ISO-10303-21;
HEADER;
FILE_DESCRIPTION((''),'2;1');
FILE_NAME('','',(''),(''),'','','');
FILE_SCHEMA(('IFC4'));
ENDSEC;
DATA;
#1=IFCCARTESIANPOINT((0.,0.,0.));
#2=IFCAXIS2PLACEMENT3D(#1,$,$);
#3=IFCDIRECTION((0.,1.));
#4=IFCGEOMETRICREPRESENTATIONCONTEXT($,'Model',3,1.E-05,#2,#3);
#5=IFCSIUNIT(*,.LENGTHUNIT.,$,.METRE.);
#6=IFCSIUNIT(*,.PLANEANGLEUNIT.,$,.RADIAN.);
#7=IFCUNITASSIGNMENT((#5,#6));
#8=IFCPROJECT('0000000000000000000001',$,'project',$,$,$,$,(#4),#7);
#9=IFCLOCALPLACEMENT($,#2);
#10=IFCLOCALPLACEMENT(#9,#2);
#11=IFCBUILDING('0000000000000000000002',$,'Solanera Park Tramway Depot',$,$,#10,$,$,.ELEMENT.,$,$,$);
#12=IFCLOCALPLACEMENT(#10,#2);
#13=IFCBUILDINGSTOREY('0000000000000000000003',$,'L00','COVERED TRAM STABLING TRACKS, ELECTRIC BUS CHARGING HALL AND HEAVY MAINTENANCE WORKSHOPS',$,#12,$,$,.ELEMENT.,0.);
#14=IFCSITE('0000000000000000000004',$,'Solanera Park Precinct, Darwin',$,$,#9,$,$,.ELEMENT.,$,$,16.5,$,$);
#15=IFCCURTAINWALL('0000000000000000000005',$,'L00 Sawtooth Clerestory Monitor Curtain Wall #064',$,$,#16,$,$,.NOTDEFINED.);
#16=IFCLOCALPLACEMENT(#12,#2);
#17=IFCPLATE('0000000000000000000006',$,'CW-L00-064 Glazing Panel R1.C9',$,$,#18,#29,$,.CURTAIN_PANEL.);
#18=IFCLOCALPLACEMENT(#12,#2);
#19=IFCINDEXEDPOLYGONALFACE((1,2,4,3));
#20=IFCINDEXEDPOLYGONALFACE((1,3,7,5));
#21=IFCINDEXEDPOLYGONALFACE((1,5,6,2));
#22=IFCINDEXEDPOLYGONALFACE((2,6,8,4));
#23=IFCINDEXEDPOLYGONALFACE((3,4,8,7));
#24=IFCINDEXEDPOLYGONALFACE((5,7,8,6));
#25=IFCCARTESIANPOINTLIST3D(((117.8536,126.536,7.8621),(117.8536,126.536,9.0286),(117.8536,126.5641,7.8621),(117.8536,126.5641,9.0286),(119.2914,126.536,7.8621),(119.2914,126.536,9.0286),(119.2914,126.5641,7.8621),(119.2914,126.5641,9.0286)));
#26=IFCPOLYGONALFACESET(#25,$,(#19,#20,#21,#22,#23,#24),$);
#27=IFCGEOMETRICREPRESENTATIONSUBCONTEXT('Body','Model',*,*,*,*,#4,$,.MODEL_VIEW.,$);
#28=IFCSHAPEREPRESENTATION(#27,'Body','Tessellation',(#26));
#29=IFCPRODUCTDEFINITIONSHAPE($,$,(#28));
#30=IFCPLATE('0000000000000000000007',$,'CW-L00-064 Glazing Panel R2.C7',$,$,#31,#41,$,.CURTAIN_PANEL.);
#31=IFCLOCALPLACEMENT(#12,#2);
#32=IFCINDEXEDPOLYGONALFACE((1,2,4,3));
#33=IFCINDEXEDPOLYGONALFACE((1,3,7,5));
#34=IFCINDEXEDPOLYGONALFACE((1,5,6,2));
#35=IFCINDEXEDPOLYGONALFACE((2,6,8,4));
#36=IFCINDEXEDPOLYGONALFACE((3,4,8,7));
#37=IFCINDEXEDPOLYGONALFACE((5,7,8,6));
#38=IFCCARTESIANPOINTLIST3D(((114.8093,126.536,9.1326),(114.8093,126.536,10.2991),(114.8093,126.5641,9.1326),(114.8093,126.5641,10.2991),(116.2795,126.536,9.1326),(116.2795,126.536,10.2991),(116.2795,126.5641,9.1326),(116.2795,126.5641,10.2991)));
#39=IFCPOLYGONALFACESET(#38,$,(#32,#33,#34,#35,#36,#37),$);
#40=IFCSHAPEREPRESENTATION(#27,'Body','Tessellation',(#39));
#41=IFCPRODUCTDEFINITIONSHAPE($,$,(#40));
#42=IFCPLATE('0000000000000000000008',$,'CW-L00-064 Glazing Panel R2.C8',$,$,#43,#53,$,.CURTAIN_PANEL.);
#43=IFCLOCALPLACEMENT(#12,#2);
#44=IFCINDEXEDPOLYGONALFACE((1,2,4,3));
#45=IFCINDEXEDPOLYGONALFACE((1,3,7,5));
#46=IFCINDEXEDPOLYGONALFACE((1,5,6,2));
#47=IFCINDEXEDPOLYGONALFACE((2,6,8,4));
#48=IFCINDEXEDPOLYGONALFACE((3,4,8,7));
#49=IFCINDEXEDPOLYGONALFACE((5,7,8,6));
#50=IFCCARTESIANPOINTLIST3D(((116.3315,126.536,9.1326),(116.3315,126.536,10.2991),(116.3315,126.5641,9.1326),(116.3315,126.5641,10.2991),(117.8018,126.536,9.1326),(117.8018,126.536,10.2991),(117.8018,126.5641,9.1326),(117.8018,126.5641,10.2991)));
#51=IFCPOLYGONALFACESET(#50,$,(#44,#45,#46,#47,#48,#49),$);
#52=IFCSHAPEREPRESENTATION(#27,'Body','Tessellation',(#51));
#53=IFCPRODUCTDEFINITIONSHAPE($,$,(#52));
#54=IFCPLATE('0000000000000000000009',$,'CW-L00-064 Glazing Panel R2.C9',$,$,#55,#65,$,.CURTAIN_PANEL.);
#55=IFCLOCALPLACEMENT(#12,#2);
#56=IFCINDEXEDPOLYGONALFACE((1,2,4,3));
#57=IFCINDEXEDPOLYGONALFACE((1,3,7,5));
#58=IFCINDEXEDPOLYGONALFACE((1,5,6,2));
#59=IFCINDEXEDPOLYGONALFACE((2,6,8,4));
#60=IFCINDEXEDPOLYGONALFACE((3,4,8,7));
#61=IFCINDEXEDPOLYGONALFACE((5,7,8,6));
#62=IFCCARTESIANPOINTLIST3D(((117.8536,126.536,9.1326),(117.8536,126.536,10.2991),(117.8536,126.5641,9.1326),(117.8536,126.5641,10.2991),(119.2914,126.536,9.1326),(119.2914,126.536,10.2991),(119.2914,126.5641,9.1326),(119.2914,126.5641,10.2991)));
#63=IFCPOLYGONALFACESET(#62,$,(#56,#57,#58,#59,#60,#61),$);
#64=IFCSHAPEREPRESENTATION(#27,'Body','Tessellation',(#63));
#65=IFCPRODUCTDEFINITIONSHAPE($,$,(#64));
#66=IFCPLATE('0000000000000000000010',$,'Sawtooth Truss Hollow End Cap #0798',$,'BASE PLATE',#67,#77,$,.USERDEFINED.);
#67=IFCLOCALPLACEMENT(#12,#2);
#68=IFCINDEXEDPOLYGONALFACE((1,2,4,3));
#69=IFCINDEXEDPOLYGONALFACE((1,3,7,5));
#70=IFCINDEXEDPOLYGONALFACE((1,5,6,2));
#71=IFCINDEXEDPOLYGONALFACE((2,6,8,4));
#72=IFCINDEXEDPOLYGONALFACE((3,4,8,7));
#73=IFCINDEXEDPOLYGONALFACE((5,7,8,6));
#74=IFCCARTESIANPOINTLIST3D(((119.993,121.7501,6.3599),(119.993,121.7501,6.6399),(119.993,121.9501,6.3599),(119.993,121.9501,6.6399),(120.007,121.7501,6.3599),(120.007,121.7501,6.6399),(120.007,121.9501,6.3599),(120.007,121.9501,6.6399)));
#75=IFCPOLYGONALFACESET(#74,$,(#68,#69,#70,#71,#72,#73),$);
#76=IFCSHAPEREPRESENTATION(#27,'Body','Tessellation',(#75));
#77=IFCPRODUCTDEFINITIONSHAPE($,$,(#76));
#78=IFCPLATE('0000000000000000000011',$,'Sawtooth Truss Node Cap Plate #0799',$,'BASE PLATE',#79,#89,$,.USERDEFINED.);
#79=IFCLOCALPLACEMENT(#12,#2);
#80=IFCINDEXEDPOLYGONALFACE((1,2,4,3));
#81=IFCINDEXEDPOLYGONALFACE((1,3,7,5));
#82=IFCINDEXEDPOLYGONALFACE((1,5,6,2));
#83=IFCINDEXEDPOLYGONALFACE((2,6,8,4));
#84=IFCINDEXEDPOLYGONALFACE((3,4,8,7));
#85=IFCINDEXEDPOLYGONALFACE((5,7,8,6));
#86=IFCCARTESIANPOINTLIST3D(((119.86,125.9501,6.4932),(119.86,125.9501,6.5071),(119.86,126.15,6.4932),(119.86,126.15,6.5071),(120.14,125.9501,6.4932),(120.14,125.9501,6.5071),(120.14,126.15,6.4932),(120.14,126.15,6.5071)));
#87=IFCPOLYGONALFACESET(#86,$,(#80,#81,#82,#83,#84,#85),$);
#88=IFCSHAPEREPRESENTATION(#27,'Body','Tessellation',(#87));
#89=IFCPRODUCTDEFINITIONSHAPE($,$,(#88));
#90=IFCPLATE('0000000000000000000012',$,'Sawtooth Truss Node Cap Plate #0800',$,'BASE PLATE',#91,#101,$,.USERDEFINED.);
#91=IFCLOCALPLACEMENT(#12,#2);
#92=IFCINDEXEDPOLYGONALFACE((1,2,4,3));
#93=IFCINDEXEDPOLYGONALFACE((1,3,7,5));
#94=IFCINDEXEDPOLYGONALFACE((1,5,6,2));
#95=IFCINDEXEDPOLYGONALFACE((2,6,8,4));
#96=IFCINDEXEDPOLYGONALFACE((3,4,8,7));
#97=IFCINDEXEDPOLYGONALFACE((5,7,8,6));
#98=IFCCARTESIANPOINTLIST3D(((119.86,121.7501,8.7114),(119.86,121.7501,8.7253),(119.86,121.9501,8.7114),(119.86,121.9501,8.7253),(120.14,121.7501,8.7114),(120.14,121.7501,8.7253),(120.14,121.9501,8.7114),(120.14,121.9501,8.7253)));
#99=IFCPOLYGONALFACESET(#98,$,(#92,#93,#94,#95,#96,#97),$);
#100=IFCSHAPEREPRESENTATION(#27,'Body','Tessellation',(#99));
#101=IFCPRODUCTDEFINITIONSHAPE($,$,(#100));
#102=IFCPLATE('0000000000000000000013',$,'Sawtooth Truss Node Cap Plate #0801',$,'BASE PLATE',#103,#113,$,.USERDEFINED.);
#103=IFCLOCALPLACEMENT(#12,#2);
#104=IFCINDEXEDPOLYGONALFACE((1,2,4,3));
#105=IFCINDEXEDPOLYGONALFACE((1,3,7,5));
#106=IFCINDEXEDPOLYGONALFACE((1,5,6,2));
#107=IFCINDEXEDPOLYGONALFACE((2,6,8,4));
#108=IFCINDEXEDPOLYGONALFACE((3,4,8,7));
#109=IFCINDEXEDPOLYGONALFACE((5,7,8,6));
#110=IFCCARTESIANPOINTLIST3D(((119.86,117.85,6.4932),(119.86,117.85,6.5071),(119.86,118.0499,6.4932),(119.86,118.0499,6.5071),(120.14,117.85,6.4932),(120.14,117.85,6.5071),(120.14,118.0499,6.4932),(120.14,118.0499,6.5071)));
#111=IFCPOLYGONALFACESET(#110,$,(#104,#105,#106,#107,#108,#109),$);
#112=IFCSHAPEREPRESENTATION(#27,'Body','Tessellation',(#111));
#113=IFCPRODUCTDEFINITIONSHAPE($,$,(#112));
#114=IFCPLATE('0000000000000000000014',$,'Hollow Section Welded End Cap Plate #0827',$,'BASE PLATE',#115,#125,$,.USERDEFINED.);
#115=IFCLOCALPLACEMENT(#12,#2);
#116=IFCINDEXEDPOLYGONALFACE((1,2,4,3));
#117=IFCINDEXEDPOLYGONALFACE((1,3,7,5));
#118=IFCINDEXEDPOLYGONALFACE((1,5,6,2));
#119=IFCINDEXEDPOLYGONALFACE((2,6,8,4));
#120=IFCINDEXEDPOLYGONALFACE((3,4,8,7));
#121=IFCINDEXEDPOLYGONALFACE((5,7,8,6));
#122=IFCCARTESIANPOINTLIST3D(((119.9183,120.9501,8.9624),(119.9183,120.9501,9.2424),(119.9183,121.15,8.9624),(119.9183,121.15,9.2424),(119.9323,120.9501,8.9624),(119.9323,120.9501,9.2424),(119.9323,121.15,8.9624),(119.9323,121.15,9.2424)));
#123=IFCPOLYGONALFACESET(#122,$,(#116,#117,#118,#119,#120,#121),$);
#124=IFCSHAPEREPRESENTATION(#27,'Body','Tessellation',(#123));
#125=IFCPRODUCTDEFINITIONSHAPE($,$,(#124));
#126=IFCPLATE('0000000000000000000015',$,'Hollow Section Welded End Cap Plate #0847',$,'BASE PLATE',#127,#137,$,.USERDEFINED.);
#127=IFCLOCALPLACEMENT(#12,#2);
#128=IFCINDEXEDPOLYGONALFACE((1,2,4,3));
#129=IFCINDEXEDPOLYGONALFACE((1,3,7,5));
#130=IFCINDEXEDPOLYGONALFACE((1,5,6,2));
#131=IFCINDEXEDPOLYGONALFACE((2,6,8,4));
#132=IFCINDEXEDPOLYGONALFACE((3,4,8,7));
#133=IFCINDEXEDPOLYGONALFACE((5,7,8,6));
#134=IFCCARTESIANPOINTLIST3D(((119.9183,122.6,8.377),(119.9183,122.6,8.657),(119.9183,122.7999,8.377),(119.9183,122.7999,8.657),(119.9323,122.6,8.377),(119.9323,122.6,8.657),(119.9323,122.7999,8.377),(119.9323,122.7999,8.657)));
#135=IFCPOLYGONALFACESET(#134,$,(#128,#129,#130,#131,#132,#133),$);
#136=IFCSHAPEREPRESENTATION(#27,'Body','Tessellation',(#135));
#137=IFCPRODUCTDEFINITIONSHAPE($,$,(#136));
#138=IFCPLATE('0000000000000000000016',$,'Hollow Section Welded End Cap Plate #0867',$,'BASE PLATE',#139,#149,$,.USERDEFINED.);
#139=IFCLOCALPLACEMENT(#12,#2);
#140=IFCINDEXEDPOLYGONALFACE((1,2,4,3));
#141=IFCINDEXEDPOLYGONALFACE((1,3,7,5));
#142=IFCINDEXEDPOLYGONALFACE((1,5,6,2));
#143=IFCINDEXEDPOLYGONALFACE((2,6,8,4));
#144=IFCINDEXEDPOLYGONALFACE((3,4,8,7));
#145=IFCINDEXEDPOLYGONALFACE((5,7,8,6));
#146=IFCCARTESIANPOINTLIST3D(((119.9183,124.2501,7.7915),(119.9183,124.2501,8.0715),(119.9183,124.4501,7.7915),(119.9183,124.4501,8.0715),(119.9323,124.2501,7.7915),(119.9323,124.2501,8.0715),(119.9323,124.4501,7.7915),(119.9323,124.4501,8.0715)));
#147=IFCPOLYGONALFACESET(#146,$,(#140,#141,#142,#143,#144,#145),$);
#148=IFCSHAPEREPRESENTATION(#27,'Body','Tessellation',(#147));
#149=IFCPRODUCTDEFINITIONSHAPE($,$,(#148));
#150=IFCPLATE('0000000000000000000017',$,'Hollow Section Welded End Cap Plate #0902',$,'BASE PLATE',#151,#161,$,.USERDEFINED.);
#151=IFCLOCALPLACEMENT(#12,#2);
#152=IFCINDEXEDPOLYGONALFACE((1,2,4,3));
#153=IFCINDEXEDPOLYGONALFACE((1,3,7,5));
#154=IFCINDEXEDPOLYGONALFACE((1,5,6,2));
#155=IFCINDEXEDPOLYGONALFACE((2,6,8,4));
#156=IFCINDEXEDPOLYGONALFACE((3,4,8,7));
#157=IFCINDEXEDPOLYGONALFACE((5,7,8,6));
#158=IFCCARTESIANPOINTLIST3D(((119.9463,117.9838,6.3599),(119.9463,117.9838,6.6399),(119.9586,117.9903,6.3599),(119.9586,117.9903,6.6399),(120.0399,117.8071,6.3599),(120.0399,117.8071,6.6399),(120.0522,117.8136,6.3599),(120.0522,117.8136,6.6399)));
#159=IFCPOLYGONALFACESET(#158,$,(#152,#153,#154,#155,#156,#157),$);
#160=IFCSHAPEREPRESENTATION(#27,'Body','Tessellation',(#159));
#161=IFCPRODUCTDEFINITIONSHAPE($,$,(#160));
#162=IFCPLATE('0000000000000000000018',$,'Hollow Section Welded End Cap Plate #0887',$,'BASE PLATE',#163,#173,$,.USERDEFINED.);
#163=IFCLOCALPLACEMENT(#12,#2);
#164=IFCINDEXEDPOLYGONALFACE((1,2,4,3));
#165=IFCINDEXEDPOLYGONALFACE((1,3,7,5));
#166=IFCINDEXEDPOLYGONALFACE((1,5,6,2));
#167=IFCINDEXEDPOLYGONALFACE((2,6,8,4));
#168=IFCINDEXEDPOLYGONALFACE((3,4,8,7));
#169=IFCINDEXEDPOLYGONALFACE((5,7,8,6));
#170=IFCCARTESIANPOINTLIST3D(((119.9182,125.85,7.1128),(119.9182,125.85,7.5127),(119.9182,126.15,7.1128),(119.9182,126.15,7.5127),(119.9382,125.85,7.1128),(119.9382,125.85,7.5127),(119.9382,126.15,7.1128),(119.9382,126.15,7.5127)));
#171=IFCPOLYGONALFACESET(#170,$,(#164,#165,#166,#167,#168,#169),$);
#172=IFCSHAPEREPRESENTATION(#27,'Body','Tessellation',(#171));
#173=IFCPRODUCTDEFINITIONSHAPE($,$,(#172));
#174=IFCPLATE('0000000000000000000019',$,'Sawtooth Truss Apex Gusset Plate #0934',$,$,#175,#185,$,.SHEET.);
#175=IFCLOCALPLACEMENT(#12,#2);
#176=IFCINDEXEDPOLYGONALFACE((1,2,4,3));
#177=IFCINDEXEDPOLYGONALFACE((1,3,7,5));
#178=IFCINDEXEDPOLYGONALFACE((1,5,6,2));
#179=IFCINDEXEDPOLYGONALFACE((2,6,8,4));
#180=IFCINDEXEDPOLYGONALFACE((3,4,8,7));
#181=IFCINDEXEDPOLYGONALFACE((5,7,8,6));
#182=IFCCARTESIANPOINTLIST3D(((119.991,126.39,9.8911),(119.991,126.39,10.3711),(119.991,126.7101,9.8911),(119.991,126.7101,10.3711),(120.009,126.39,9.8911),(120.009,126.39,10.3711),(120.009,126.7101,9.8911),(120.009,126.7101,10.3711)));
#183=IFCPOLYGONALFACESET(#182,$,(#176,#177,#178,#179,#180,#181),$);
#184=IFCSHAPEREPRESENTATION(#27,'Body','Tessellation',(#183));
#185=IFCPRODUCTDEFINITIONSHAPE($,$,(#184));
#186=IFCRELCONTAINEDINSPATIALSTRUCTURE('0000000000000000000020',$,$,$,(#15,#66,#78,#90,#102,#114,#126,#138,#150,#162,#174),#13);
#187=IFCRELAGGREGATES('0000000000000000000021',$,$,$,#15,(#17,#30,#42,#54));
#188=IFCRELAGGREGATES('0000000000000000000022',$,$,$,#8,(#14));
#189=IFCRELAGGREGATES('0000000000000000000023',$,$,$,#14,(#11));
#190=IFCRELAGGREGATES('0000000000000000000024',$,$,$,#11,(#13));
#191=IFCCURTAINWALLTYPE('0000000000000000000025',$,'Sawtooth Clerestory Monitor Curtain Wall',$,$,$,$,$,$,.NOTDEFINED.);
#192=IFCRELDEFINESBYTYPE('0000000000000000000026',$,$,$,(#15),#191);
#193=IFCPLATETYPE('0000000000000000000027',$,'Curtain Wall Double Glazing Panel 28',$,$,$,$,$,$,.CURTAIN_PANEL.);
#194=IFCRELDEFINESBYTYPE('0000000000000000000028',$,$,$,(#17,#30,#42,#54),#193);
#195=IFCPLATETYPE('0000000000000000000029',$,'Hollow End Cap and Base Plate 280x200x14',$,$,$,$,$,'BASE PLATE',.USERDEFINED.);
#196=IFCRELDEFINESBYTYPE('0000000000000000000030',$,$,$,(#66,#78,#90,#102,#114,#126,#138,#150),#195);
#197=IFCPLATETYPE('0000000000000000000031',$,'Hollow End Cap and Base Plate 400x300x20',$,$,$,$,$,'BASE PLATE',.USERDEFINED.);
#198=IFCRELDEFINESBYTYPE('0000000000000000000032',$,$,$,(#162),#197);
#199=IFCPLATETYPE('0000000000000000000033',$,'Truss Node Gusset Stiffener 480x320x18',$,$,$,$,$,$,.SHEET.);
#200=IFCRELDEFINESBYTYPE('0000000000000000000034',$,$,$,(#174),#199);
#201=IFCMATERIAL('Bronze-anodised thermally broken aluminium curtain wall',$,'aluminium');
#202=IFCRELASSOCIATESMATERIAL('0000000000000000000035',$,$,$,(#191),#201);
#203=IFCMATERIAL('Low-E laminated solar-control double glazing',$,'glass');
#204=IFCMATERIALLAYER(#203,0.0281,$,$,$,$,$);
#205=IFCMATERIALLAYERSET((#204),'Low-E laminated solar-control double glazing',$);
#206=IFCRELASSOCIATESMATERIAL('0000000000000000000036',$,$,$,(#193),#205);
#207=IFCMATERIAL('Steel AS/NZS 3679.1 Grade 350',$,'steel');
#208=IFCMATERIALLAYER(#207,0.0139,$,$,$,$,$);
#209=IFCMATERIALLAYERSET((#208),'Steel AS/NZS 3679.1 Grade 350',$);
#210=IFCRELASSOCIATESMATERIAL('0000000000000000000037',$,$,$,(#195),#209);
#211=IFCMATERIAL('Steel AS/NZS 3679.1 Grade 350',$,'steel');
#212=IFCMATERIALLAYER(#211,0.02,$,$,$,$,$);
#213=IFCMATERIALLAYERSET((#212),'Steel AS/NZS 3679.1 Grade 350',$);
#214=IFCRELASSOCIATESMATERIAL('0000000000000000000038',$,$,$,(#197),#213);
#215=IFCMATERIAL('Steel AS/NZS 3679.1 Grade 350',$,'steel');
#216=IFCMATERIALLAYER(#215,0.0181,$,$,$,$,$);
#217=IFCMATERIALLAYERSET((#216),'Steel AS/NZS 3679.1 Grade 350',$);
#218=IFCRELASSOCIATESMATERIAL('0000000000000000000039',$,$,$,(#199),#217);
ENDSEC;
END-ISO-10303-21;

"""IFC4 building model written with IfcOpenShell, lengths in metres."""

from ifc_helpers import new_model, si_unit, direction, frame, origin, origin_2d, place, context, subcontext, project, spatial, rectangle, extrude, material, layer, layer_set, type_object, element, aggregate, save


model = new_model("IFC4")

# Units and contexts
model_context = context("Model", 3, precision=1e-05, world=origin(), true_north=direction((0.0, 1.0)))
body_context = subcontext(model_context, "Body", "Model", "MODEL_VIEW")
ifc_project = project(units=[si_unit("LENGTHUNIT", "METRE"), si_unit("PLANEANGLEUNIT", "RADIAN")], contexts=[model_context])

# Site, building, storey
site_placement = place(None, origin())
site = spatial("IfcSite", under=ifc_project, at=site_placement, Name="Solanera Park Precinct, Darwin", CompositionType="ELEMENT", RefElevation=16.5)
building_placement = place(site_placement, origin())
building = spatial("IfcBuilding", under=site, at=building_placement, Name="Solanera Park Tramway Depot", CompositionType="ELEMENT")
storey_placement = place(building_placement, origin())
storey = spatial("IfcBuildingStorey", under=building, at=storey_placement, Name="L00", Description="COVERED TRAM STABLING TRACKS, ELECTRIC BUS CHARGING HALL AND HEAVY MAINTENANCE WORKSHOPS", CompositionType="ELEMENT", Elevation=0.0)

# Curtain wall
ifc_material_1 = material(Name="Bronze-anodised thermally broken aluminium curtain wall", Category="aluminium")
curtain_wall_type = type_object("IfcCurtainWallType", Name="Sawtooth Clerestory Monitor Curtain Wall", PredefinedType="NOTDEFINED", material=ifc_material_1)
curtain_wall_placement = place(storey_placement, origin())
curtain_wall = element("IfcCurtainWall", 1, at=curtain_wall_placement, inside=storey, type_object=curtain_wall_type, Name="L00 Sawtooth Clerestory Monitor Curtain Wall #064", PredefinedType="NOTDEFINED")

# Plates
ifc_material_2 = material(Name="Low-E laminated solar-control double glazing", Category="glass")
ifc_layer_1 = layer(ifc_material_2, 0.0281)
ifc_layer_set_1 = layer_set([ifc_layer_1], Name="Low-E laminated solar-control double glazing")
plate_type_1 = type_object("IfcPlateType", Name="Curtain Wall Double Glazing Panel 28", PredefinedType="CURTAIN_PANEL", material=ifc_layer_set_1)
plate_1_placement = place(storey_placement, frame((118.5725, 126.55, 7.8621), z_axis=(0.0, 0.0, 1.0), x_axis=(1.0, 0.0, 0.0)))
plate_1 = element("IfcPlate", 2, at=plate_1_placement, type_object=plate_type_1, Name="CW-L00-064 Glazing Panel R1.C9", PredefinedType="CURTAIN_PANEL", context=body_context, shape_type="SweptSolid", body=[
    extrude(rectangle(XDim=1.4377, YDim=0.0281, at=origin_2d()), origin(), (0.0, 0.0, 1.0), 1.1665),
])
plate_2_placement = place(storey_placement, frame((115.5444, 126.55, 9.1326), z_axis=(0.0, 0.0, 1.0), x_axis=(1.0, 0.0, 0.0)))
plate_2 = element("IfcPlate", 3, at=plate_2_placement, type_object=plate_type_1, Name="CW-L00-064 Glazing Panel R2.C7", PredefinedType="CURTAIN_PANEL", context=body_context, shape_type="SweptSolid", body=[
    extrude(rectangle(XDim=1.4702, YDim=0.0281, at=origin_2d()), origin(), (0.0, 0.0, 1.0), 1.1665),
])
plate_3_placement = place(storey_placement, frame((117.0667, 126.55, 9.1326), z_axis=(0.0, 0.0, 1.0), x_axis=(1.0, 0.0, 0.0)))
plate_3 = element("IfcPlate", 4, at=plate_3_placement, type_object=plate_type_1, Name="CW-L00-064 Glazing Panel R2.C8", PredefinedType="CURTAIN_PANEL", context=body_context, shape_type="SweptSolid", body=[
    extrude(rectangle(XDim=1.4702, YDim=0.0281, at=origin_2d()), origin(), (0.0, 0.0, 1.0), 1.1665),
])
plate_4_placement = place(storey_placement, frame((118.5725, 126.55, 9.1326), z_axis=(0.0, 0.0, 1.0), x_axis=(1.0, 0.0, 0.0)))
plate_4 = element("IfcPlate", 5, at=plate_4_placement, type_object=plate_type_1, Name="CW-L00-064 Glazing Panel R2.C9", PredefinedType="CURTAIN_PANEL", context=body_context, shape_type="SweptSolid", body=[
    extrude(rectangle(XDim=1.4377, YDim=0.0281, at=origin_2d()), origin(), (0.0, 0.0, 1.0), 1.1665),
])
aggregate(curtain_wall, [plate_1, plate_2, plate_3, plate_4])

# Plates
ifc_material_3 = material(Name="Steel AS/NZS 3679.1 Grade 350", Category="steel")
ifc_layer_2 = layer(ifc_material_3, 0.0139)
ifc_layer_set_2 = layer_set([ifc_layer_2], Name="Steel AS/NZS 3679.1 Grade 350")
plate_type_2 = type_object("IfcPlateType", Name="Hollow End Cap and Base Plate 280x200x14", ElementType="BASE PLATE", PredefinedType="USERDEFINED", material=ifc_layer_set_2)
plate_5_placement = place(storey_placement, frame((120.0, 121.8501, 6.3599), z_axis=(0.0, 0.0, 1.0), x_axis=(1.0, 0.0, 0.0)))
element("IfcPlate", 6, at=plate_5_placement, inside=storey, type_object=plate_type_2, Name="Sawtooth Truss Hollow End Cap #0798", ObjectType="BASE PLATE", PredefinedType="USERDEFINED", context=body_context, shape_type="SweptSolid", body=[
    extrude(rectangle(XDim=0.0139, YDim=0.2, at=origin_2d()), origin(), (0.0, 0.0, 1.0), 0.28),
])
for number, where, z_axis, x_axis, name in (
    (7, (120.0, 126.05, 6.4932), (0.0, 0.0, 1.0), (1.0, 0.0, 0.0), "Sawtooth Truss Node Cap Plate #0799"),
    (8, (120.0, 121.8501, 8.7114), (0.0, 0.0, 1.0), (1.0, 0.0, 0.0), "Sawtooth Truss Node Cap Plate #0800"),
    (9, (120.0, 117.95, 6.4932), (0.0, 0.0, 1.0), (1.0, 0.0, 0.0), "Sawtooth Truss Node Cap Plate #0801"),
):
    element("IfcPlate", number, at=place(storey_placement, frame(where, z_axis=z_axis, x_axis=x_axis)), inside=storey, type_object=plate_type_2, Name=name, ObjectType="BASE PLATE", PredefinedType="USERDEFINED", context=body_context, shape_type="SweptSolid", body=[
        extrude(rectangle(XDim=0.28, YDim=0.2, at=origin_2d()), origin(), (0.0, 0.0, 1.0), 0.0139),
    ])
for number, where, z_axis, x_axis, name in (
    (10, (119.9253, 121.05, 8.9624), (0.0, 0.0, 1.0), (1.0, 0.0, 0.0), "Hollow Section Welded End Cap Plate #0827"),
    (11, (119.9253, 122.7, 8.377), (0.0, 0.0, 1.0), (1.0, 0.0, 0.0), "Hollow Section Welded End Cap Plate #0847"),
    (12, (119.9253, 124.3501, 7.7915), (0.0, 0.0, 1.0), (1.0, 0.0, 0.0), "Hollow Section Welded End Cap Plate #0867"),
    (13, (119.9993, 117.8987, 6.3599), (0.0, 0.0, 1.0), (0.883521, 0.468392, 0.0), "Hollow Section Welded End Cap Plate #0902"),
):
    element("IfcPlate", number, at=place(storey_placement, frame(where, z_axis=z_axis, x_axis=x_axis)), inside=storey, type_object=plate_type_2, Name=name, ObjectType="BASE PLATE", PredefinedType="USERDEFINED", context=body_context, shape_type="SweptSolid", body=[
        extrude(rectangle(XDim=0.0139, YDim=0.2, at=origin_2d()), origin(), (0.0, 0.0, 1.0), 0.28),
    ])
ifc_material_4 = material(Name="Steel AS/NZS 3679.1 Grade 350", Category="steel")
ifc_layer_3 = layer(ifc_material_4, 0.02)
ifc_layer_set_3 = layer_set([ifc_layer_3], Name="Steel AS/NZS 3679.1 Grade 350")
plate_type_3 = type_object("IfcPlateType", Name="Hollow End Cap and Base Plate 400x300x20", ElementType="BASE PLATE", PredefinedType="USERDEFINED", material=ifc_layer_set_3)
plate_6_placement = place(storey_placement, frame((119.9282, 126.0, 7.1128), z_axis=(0.0, 0.0, 1.0), x_axis=(1.0, 0.0, 0.0)))
element("IfcPlate", 14, at=plate_6_placement, inside=storey, type_object=plate_type_3, Name="Hollow Section Welded End Cap Plate #0887", ObjectType="BASE PLATE", PredefinedType="USERDEFINED", context=body_context, shape_type="SweptSolid", body=[
    extrude(rectangle(XDim=0.02, YDim=0.3, at=origin_2d()), origin(), (0.0, 0.0, 1.0), 0.3999),
])
ifc_material_5 = material(Name="Steel AS/NZS 3679.1 Grade 350", Category="steel")
ifc_layer_4 = layer(ifc_material_5, 0.0181)
ifc_layer_set_4 = layer_set([ifc_layer_4], Name="Steel AS/NZS 3679.1 Grade 350")
plate_type_4 = type_object("IfcPlateType", Name="Truss Node Gusset Stiffener 480x320x18", PredefinedType="SHEET", material=ifc_layer_set_4)
plate_7_placement = place(storey_placement, frame((120.0, 126.55, 9.8911), z_axis=(0.0, 0.0, 1.0), x_axis=(1.0, 0.0, 0.0)))
element("IfcPlate", 15, at=plate_7_placement, inside=storey, type_object=plate_type_4, Name="Sawtooth Truss Apex Gusset Plate #0934", PredefinedType="SHEET", context=body_context, shape_type="SweptSolid", body=[
    extrude(rectangle(XDim=0.0181, YDim=0.3201, at=origin_2d()), origin(), (0.0, 0.0, 1.0), 0.48),
])

save(model, "model.ifc")
